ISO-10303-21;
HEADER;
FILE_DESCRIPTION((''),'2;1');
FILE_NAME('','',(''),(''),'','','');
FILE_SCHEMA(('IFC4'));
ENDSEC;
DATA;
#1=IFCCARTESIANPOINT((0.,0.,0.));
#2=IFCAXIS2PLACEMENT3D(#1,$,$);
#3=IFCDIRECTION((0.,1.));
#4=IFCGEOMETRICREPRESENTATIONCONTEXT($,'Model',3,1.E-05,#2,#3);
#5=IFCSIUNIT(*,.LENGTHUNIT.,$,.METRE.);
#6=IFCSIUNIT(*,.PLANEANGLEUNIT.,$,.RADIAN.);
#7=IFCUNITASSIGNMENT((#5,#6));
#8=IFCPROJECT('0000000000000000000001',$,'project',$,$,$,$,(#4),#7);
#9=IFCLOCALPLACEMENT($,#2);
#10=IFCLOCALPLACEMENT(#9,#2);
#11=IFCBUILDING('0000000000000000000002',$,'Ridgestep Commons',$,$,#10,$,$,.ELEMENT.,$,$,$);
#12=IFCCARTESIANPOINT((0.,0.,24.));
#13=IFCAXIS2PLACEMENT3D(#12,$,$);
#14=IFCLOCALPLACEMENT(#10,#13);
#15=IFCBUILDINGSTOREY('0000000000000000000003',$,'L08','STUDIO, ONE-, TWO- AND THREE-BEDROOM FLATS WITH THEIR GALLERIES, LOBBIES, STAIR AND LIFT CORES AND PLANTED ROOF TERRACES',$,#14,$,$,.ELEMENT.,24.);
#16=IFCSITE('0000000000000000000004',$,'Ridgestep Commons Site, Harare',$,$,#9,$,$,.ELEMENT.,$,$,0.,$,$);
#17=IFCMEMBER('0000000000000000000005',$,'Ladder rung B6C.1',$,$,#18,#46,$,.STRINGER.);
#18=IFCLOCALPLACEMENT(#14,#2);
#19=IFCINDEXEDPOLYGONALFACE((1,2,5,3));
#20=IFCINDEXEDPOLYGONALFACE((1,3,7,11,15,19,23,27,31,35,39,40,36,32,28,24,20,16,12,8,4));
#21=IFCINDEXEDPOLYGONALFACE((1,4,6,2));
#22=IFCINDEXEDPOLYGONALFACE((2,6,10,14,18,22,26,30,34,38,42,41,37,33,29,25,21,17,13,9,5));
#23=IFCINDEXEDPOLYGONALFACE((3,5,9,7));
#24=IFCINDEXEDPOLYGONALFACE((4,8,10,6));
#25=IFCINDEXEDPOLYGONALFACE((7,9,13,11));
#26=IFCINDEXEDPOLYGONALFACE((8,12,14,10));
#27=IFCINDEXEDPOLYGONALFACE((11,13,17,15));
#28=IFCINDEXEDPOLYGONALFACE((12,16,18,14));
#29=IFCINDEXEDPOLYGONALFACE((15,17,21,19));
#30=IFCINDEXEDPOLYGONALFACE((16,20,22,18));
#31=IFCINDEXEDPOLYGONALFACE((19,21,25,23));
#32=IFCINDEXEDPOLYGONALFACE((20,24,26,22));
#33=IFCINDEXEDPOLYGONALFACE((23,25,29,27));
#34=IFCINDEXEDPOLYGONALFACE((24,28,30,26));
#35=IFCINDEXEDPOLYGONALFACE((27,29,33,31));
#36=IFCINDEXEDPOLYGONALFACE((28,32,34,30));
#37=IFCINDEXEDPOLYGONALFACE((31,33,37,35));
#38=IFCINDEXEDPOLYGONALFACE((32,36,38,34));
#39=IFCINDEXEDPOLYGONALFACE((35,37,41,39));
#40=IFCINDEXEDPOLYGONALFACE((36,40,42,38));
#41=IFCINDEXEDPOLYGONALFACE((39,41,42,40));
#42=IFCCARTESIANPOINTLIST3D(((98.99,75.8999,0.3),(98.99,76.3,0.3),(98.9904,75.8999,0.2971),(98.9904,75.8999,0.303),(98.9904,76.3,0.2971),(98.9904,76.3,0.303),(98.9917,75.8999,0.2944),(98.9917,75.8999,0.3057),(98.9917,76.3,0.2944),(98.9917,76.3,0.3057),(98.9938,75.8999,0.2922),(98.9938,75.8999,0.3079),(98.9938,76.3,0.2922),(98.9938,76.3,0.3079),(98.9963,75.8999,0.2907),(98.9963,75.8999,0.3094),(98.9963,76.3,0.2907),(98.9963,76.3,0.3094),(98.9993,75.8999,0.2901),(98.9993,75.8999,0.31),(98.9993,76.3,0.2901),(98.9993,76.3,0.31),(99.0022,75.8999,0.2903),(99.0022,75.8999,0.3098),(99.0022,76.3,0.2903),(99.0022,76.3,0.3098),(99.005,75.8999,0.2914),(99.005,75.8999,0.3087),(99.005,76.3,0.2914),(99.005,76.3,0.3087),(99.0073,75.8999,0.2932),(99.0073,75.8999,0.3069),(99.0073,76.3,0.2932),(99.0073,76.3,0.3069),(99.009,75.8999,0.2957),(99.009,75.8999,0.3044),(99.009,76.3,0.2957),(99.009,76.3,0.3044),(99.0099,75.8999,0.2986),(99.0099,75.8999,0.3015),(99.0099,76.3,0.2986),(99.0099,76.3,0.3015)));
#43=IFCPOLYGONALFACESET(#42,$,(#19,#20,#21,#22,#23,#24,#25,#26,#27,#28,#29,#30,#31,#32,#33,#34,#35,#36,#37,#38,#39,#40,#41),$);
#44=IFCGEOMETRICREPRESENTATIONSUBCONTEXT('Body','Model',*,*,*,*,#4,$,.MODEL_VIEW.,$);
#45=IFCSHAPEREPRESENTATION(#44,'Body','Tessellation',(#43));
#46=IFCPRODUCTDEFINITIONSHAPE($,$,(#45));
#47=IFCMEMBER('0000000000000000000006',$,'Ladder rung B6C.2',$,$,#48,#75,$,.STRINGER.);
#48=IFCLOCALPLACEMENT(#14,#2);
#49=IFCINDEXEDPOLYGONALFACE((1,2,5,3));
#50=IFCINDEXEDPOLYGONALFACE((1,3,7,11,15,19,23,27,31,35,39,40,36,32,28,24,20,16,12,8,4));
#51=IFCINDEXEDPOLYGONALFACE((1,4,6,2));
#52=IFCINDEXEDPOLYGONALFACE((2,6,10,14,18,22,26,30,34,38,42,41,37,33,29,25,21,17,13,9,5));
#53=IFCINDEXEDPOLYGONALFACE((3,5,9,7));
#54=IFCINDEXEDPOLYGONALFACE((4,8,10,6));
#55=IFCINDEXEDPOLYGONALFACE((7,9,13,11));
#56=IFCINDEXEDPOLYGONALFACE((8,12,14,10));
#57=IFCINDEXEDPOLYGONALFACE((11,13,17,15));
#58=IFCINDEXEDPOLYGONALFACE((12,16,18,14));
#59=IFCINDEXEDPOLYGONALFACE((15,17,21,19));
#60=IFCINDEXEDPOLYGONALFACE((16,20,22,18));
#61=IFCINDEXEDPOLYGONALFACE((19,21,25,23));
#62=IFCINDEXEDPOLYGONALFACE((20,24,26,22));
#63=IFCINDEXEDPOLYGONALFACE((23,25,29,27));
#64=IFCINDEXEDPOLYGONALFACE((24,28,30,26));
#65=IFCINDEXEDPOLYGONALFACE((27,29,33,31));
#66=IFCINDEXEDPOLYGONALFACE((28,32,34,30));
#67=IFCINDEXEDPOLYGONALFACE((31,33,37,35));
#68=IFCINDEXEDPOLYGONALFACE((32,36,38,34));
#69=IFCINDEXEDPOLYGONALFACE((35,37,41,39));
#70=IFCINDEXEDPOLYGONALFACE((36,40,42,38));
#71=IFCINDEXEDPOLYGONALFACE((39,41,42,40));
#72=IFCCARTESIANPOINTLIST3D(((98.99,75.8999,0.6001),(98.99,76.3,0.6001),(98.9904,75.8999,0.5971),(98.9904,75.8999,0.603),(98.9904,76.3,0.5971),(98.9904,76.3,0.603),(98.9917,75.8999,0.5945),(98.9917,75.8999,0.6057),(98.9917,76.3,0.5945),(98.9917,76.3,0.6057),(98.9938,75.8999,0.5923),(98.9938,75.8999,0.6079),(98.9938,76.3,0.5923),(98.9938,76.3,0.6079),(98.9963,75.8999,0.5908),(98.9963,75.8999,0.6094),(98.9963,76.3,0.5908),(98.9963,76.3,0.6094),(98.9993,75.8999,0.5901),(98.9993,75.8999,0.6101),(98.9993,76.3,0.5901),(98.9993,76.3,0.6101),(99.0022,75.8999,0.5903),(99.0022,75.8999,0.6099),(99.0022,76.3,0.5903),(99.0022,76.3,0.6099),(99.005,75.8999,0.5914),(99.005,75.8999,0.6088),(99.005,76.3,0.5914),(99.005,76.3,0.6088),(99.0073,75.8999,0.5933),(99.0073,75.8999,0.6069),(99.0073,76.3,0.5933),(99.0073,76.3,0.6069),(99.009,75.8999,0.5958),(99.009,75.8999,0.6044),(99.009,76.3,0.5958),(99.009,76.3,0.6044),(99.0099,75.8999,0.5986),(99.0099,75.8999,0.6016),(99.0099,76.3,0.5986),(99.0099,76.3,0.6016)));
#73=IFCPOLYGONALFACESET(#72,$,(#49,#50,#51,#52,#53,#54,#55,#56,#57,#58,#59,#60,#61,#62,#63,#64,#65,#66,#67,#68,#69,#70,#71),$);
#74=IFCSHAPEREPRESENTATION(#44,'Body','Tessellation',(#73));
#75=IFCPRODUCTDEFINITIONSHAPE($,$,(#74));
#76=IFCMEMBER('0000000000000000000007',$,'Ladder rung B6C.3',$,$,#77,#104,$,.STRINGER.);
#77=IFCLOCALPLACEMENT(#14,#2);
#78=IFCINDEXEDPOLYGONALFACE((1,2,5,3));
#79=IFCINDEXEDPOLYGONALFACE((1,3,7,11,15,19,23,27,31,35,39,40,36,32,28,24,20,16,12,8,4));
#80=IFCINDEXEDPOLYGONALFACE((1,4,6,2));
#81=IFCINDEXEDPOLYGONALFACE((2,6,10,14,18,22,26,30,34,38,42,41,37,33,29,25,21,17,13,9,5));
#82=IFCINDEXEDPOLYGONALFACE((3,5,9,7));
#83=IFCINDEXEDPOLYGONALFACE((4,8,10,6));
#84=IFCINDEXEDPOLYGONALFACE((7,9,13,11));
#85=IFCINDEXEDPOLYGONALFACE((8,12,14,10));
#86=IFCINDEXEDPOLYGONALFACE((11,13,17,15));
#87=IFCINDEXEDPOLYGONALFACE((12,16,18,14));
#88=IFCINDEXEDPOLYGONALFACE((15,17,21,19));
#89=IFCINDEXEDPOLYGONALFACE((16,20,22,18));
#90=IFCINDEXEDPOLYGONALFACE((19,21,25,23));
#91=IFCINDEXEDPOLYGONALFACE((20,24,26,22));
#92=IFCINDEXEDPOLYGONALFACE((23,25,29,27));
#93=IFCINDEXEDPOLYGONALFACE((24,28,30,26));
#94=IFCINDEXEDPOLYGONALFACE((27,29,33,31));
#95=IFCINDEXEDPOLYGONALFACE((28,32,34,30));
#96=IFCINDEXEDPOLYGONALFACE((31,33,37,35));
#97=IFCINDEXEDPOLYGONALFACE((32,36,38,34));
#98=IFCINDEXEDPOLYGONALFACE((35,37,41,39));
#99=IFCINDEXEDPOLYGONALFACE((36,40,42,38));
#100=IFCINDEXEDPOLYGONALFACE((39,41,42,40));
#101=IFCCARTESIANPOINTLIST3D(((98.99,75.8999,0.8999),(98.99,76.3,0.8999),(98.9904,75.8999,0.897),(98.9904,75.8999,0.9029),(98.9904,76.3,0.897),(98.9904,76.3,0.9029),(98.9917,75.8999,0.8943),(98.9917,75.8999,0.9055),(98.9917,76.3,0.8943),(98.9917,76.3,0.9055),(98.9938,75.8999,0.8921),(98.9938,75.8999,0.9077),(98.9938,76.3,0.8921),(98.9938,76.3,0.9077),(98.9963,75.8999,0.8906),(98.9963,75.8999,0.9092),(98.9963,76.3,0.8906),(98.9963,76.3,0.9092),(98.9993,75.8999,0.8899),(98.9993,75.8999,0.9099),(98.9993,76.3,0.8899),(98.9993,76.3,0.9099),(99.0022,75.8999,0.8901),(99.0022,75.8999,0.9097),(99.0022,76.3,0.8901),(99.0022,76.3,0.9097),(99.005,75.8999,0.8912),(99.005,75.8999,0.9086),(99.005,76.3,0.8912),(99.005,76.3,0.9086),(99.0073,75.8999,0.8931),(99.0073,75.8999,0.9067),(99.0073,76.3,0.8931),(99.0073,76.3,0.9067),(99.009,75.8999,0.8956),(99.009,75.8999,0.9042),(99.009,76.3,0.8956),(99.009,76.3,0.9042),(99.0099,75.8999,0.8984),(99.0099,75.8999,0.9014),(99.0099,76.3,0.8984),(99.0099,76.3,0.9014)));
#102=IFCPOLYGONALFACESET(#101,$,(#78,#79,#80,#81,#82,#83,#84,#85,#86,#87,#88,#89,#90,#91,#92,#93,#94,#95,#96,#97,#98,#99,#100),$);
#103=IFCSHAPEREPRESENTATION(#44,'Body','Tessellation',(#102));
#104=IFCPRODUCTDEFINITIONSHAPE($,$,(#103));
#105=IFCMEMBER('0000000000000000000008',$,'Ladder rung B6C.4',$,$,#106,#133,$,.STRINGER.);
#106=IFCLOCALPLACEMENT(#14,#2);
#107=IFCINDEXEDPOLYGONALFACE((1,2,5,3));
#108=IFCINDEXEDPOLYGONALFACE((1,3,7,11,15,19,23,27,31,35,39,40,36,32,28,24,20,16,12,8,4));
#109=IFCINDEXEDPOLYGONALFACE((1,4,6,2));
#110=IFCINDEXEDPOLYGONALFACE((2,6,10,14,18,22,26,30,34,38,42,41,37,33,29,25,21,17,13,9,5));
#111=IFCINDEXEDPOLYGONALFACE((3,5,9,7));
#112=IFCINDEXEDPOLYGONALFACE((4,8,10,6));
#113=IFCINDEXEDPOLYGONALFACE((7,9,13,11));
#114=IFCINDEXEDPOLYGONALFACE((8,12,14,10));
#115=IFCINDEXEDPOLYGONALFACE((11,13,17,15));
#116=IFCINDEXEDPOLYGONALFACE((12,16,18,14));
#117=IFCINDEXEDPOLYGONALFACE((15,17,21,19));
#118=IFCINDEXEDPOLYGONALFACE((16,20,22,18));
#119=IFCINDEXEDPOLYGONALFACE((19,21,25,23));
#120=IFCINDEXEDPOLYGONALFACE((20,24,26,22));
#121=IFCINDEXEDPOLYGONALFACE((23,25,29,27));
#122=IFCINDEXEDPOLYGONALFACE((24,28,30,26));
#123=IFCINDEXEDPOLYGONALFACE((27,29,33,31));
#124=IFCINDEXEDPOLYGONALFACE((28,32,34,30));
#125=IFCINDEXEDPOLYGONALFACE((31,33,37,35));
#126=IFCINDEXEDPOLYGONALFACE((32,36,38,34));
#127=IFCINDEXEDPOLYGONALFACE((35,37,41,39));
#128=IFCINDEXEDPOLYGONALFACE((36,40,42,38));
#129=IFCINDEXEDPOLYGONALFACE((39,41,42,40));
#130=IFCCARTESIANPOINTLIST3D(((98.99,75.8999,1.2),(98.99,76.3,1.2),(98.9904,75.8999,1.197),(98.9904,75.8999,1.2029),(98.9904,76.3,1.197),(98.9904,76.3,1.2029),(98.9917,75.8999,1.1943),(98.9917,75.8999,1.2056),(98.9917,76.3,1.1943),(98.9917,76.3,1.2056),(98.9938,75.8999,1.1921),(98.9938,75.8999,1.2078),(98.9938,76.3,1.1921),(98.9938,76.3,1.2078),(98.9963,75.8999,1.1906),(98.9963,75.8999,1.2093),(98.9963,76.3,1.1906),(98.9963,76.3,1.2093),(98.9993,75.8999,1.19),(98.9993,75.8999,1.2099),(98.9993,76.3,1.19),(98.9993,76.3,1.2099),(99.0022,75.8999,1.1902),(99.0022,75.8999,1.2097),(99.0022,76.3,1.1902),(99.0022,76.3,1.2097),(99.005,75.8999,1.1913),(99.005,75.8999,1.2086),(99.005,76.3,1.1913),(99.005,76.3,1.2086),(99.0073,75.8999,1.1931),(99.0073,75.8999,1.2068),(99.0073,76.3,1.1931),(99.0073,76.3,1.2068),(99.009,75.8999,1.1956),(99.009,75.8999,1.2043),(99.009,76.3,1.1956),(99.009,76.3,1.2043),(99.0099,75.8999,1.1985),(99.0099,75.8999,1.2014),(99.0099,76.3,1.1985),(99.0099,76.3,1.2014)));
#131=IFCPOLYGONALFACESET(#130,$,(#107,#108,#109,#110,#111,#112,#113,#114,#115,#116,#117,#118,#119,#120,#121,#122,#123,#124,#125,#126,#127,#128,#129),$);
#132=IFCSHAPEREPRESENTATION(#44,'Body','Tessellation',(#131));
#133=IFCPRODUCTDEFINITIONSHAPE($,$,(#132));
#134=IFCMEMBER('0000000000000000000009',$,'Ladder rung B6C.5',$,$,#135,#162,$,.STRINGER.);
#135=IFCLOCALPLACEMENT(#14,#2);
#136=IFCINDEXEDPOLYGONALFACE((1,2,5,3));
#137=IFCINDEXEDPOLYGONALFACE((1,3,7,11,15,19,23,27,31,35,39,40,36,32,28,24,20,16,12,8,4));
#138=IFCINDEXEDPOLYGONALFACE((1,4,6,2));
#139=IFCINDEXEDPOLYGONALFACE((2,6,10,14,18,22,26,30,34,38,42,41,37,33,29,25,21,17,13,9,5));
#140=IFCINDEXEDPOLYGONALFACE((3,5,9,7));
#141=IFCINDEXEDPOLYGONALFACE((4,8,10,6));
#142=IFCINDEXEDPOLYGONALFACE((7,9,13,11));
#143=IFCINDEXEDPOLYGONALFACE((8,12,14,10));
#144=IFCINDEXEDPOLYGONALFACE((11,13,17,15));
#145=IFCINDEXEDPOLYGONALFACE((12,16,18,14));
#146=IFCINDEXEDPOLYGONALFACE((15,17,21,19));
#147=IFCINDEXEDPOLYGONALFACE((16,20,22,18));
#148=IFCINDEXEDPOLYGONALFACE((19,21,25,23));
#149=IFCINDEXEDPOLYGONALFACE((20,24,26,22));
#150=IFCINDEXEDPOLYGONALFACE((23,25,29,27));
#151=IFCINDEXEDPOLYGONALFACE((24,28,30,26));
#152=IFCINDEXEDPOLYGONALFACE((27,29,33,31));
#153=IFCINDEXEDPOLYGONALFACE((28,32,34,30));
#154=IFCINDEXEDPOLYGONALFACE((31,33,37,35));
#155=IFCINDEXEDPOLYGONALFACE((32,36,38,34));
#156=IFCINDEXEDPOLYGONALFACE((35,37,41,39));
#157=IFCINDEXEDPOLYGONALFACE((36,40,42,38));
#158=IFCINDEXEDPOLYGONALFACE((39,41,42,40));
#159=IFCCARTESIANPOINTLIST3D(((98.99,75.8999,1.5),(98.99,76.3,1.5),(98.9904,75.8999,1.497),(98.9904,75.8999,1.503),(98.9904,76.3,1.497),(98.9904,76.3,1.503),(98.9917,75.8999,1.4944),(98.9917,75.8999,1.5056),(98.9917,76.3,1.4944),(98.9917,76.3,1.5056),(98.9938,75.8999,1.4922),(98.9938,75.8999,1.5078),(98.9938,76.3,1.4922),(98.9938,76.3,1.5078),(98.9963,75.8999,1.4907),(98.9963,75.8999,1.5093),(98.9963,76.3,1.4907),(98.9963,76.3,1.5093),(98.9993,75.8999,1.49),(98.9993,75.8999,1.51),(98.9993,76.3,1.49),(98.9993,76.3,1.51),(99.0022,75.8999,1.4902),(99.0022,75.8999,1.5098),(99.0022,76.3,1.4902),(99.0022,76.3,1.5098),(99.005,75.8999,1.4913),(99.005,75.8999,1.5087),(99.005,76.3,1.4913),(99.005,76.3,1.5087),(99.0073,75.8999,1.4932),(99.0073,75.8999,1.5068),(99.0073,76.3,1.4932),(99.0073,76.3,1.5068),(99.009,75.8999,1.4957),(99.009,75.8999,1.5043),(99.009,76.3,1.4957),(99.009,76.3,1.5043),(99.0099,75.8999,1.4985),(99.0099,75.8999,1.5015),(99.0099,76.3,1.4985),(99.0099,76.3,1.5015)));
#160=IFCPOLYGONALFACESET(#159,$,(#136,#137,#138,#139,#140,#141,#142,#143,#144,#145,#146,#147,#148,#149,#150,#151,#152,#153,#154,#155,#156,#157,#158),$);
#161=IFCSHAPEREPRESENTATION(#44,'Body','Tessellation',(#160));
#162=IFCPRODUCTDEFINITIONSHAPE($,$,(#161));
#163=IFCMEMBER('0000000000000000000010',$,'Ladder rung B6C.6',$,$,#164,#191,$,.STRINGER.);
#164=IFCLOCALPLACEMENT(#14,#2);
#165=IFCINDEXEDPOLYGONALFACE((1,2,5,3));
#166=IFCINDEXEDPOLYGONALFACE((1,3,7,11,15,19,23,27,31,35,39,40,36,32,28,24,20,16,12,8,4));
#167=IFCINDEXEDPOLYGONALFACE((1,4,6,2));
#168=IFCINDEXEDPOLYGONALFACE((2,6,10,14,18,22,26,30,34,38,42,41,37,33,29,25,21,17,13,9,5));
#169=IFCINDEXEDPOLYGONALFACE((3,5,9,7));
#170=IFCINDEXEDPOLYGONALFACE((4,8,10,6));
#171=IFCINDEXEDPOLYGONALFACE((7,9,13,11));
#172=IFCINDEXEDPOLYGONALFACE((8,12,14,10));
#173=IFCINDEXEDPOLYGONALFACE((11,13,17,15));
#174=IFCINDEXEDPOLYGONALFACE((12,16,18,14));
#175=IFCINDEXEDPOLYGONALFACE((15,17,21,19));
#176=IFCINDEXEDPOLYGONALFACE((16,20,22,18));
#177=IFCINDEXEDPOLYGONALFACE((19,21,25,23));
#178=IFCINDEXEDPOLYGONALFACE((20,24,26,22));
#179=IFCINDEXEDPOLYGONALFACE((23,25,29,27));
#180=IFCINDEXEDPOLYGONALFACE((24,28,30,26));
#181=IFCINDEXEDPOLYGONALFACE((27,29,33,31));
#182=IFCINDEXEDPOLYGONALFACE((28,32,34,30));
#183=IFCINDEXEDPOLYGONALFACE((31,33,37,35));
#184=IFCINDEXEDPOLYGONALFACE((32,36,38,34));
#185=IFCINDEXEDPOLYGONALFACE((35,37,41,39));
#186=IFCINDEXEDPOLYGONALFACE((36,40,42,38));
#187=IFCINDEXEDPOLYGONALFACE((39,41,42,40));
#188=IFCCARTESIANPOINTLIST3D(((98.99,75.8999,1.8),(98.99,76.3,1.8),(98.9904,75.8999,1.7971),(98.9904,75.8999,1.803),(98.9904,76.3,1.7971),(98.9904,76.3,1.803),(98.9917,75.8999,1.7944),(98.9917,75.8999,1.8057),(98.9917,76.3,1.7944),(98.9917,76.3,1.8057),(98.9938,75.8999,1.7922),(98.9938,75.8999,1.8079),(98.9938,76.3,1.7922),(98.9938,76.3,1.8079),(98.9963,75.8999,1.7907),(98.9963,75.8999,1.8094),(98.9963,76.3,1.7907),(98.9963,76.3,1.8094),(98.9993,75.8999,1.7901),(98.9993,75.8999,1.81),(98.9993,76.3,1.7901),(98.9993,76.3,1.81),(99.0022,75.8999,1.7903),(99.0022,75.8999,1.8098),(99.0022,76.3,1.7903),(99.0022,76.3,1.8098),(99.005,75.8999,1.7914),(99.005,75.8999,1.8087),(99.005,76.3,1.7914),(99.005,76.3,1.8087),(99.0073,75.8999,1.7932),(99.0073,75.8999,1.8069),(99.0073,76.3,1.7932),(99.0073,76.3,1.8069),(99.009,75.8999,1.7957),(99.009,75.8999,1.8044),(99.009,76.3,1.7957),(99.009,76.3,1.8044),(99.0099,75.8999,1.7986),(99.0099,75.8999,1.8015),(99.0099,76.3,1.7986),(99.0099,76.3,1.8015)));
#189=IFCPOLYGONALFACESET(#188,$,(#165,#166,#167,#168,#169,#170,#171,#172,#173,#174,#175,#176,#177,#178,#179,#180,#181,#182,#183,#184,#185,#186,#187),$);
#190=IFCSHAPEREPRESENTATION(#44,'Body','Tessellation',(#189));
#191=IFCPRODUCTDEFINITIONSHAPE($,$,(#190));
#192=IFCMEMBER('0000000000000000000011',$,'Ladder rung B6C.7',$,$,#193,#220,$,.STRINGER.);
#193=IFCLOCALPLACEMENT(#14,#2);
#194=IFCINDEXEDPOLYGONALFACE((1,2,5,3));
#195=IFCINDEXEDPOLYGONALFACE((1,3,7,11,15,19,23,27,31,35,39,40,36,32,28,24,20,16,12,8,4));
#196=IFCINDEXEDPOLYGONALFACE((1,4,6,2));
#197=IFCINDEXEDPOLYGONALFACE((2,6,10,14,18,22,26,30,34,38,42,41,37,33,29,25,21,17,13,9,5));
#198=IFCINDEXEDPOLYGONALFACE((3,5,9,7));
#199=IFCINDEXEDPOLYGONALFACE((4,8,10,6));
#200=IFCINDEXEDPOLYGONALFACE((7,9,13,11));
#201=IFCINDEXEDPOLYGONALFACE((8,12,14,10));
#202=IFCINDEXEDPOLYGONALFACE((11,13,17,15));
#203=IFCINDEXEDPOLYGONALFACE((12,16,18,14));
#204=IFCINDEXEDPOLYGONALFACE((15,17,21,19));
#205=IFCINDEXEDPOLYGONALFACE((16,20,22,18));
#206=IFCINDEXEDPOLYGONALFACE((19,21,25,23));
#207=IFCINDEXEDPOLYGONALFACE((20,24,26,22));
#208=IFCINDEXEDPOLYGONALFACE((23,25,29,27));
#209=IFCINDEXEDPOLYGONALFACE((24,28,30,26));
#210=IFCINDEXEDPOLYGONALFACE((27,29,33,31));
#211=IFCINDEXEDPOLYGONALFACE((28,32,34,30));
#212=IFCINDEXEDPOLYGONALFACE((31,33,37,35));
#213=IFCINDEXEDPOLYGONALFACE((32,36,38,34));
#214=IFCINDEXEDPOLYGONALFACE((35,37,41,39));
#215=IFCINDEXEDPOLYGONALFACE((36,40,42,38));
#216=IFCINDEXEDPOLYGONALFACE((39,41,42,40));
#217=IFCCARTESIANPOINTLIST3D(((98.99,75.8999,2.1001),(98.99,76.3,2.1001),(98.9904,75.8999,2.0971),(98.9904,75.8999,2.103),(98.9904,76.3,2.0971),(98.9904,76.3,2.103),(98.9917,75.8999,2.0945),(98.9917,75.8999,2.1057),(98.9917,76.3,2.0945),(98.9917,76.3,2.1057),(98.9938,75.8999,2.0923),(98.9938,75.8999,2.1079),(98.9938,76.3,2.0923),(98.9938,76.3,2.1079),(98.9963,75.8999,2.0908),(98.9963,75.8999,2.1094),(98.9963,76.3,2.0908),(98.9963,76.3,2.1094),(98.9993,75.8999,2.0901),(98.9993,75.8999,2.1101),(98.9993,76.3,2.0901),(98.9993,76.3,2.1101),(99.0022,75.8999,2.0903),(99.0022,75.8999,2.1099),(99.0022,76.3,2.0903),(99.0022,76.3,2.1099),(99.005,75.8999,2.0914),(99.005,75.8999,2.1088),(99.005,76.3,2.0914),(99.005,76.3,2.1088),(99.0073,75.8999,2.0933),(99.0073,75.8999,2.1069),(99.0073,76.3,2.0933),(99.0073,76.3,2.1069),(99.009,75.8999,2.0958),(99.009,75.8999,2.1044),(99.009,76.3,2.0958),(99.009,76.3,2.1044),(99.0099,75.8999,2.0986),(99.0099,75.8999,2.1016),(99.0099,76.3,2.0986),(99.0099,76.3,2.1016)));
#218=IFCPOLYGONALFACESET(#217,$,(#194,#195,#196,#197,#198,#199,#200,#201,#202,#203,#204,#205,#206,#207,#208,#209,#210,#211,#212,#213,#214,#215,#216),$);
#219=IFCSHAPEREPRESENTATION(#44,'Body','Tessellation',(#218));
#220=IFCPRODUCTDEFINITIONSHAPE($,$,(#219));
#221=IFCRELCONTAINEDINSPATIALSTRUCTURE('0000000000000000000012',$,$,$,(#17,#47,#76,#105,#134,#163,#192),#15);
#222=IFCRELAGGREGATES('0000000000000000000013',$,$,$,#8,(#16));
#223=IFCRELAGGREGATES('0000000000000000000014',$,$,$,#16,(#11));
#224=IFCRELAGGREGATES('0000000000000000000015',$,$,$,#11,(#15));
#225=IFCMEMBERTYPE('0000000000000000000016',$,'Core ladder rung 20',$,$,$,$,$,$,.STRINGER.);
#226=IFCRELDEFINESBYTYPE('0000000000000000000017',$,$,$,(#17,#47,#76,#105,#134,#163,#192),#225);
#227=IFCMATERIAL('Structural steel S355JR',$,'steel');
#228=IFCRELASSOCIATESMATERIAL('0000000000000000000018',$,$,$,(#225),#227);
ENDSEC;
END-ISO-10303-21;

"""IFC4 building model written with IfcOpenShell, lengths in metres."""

from ifc_helpers import new_model, si_unit, direction, frame, origin, origin_2d, place, context, subcontext, project, spatial, circle, extrude, material, material_profile, profile_set, type_object, element, save


model = new_model("IFC4")

# Units and contexts
model_context = context("Model", 3, precision=1e-05, world=origin(), true_north=direction((0.0, 1.0)))
body_context = subcontext(model_context, "Body", "Model", "MODEL_VIEW")
ifc_project = project(units=[si_unit("LENGTHUNIT", "METRE"), si_unit("PLANEANGLEUNIT", "RADIAN")], contexts=[model_context])

# Site, building, storey
site_placement = place(None, origin())
site = spatial("IfcSite", under=ifc_project, at=site_placement, Name="Ridgestep Commons Site, Harare", CompositionType="ELEMENT", RefElevation=0.0)
building_placement = place(site_placement, origin())
building = spatial("IfcBuilding", under=site, at=building_placement, Name="Ridgestep Commons", CompositionType="ELEMENT")
storey_placement = place(building_placement, frame((0.0, 0.0, 24.0)))
storey = spatial("IfcBuildingStorey", under=building, at=storey_placement, Name="L08", Description="STUDIO, ONE-, TWO- AND THREE-BEDROOM FLATS WITH THEIR GALLERIES, LOBBIES, STAIR AND LIFT CORES AND PLANTED ROOF TERRACES", CompositionType="ELEMENT", Elevation=24.0)

# Members
ifc_material_1 = material(Name="Structural steel S355JR", Category="steel")
ifc_material_profile_1 = material_profile(ifc_material_1, circle(Radius=0.01, at=origin_2d()), Name="Round bar 20")
ifc_profile_set_1 = profile_set([ifc_material_profile_1], Name="Structural steel S355JR")
member_type_1 = type_object("IfcMemberType", Name="Core ladder rung 20", PredefinedType="STRINGER", material=ifc_profile_set_1)
for number, where, z_axis, x_axis, name in (
    (1, (99.0, 75.8999, 0.3), (0.0, 1.0, 0.0), (-1.0, 0.0, 0.0), "Ladder rung B6C.1"),
    (2, (99.0, 75.8999, 0.6001), (0.0, 1.0, 0.0), (-1.0, 0.0, 0.0), "Ladder rung B6C.2"),
    (3, (99.0, 75.8999, 0.8999), (0.0, 1.0, 0.0), (-1.0, 0.0, 0.0), "Ladder rung B6C.3"),
    (4, (99.0, 75.8999, 1.2), (0.0, 1.0, 0.0), (-1.0, 0.0, 0.0), "Ladder rung B6C.4"),
    (5, (99.0, 75.8999, 1.5), (0.0, 1.0, 0.0), (-1.0, 0.0, 0.0), "Ladder rung B6C.5"),
    (6, (99.0, 75.8999, 1.8), (0.0, 1.0, 0.0), (-1.0, 0.0, 0.0), "Ladder rung B6C.6"),
    (7, (99.0, 75.8999, 2.1001), (0.0, 1.0, 0.0), (-1.0, 0.0, 0.0), "Ladder rung B6C.7"),
):
    element("IfcMember", number, at=place(storey_placement, frame(where, z_axis=z_axis, x_axis=x_axis)), inside=storey, type_object=member_type_1, Name=name, PredefinedType="STRINGER", context=body_context, shape_type="SweptSolid", body=[
        extrude(circle(Radius=0.01, at=origin_2d()), origin(), (0.0, 0.0, 1.0), 0.4001),
    ])

save(model, "model.ifc")
